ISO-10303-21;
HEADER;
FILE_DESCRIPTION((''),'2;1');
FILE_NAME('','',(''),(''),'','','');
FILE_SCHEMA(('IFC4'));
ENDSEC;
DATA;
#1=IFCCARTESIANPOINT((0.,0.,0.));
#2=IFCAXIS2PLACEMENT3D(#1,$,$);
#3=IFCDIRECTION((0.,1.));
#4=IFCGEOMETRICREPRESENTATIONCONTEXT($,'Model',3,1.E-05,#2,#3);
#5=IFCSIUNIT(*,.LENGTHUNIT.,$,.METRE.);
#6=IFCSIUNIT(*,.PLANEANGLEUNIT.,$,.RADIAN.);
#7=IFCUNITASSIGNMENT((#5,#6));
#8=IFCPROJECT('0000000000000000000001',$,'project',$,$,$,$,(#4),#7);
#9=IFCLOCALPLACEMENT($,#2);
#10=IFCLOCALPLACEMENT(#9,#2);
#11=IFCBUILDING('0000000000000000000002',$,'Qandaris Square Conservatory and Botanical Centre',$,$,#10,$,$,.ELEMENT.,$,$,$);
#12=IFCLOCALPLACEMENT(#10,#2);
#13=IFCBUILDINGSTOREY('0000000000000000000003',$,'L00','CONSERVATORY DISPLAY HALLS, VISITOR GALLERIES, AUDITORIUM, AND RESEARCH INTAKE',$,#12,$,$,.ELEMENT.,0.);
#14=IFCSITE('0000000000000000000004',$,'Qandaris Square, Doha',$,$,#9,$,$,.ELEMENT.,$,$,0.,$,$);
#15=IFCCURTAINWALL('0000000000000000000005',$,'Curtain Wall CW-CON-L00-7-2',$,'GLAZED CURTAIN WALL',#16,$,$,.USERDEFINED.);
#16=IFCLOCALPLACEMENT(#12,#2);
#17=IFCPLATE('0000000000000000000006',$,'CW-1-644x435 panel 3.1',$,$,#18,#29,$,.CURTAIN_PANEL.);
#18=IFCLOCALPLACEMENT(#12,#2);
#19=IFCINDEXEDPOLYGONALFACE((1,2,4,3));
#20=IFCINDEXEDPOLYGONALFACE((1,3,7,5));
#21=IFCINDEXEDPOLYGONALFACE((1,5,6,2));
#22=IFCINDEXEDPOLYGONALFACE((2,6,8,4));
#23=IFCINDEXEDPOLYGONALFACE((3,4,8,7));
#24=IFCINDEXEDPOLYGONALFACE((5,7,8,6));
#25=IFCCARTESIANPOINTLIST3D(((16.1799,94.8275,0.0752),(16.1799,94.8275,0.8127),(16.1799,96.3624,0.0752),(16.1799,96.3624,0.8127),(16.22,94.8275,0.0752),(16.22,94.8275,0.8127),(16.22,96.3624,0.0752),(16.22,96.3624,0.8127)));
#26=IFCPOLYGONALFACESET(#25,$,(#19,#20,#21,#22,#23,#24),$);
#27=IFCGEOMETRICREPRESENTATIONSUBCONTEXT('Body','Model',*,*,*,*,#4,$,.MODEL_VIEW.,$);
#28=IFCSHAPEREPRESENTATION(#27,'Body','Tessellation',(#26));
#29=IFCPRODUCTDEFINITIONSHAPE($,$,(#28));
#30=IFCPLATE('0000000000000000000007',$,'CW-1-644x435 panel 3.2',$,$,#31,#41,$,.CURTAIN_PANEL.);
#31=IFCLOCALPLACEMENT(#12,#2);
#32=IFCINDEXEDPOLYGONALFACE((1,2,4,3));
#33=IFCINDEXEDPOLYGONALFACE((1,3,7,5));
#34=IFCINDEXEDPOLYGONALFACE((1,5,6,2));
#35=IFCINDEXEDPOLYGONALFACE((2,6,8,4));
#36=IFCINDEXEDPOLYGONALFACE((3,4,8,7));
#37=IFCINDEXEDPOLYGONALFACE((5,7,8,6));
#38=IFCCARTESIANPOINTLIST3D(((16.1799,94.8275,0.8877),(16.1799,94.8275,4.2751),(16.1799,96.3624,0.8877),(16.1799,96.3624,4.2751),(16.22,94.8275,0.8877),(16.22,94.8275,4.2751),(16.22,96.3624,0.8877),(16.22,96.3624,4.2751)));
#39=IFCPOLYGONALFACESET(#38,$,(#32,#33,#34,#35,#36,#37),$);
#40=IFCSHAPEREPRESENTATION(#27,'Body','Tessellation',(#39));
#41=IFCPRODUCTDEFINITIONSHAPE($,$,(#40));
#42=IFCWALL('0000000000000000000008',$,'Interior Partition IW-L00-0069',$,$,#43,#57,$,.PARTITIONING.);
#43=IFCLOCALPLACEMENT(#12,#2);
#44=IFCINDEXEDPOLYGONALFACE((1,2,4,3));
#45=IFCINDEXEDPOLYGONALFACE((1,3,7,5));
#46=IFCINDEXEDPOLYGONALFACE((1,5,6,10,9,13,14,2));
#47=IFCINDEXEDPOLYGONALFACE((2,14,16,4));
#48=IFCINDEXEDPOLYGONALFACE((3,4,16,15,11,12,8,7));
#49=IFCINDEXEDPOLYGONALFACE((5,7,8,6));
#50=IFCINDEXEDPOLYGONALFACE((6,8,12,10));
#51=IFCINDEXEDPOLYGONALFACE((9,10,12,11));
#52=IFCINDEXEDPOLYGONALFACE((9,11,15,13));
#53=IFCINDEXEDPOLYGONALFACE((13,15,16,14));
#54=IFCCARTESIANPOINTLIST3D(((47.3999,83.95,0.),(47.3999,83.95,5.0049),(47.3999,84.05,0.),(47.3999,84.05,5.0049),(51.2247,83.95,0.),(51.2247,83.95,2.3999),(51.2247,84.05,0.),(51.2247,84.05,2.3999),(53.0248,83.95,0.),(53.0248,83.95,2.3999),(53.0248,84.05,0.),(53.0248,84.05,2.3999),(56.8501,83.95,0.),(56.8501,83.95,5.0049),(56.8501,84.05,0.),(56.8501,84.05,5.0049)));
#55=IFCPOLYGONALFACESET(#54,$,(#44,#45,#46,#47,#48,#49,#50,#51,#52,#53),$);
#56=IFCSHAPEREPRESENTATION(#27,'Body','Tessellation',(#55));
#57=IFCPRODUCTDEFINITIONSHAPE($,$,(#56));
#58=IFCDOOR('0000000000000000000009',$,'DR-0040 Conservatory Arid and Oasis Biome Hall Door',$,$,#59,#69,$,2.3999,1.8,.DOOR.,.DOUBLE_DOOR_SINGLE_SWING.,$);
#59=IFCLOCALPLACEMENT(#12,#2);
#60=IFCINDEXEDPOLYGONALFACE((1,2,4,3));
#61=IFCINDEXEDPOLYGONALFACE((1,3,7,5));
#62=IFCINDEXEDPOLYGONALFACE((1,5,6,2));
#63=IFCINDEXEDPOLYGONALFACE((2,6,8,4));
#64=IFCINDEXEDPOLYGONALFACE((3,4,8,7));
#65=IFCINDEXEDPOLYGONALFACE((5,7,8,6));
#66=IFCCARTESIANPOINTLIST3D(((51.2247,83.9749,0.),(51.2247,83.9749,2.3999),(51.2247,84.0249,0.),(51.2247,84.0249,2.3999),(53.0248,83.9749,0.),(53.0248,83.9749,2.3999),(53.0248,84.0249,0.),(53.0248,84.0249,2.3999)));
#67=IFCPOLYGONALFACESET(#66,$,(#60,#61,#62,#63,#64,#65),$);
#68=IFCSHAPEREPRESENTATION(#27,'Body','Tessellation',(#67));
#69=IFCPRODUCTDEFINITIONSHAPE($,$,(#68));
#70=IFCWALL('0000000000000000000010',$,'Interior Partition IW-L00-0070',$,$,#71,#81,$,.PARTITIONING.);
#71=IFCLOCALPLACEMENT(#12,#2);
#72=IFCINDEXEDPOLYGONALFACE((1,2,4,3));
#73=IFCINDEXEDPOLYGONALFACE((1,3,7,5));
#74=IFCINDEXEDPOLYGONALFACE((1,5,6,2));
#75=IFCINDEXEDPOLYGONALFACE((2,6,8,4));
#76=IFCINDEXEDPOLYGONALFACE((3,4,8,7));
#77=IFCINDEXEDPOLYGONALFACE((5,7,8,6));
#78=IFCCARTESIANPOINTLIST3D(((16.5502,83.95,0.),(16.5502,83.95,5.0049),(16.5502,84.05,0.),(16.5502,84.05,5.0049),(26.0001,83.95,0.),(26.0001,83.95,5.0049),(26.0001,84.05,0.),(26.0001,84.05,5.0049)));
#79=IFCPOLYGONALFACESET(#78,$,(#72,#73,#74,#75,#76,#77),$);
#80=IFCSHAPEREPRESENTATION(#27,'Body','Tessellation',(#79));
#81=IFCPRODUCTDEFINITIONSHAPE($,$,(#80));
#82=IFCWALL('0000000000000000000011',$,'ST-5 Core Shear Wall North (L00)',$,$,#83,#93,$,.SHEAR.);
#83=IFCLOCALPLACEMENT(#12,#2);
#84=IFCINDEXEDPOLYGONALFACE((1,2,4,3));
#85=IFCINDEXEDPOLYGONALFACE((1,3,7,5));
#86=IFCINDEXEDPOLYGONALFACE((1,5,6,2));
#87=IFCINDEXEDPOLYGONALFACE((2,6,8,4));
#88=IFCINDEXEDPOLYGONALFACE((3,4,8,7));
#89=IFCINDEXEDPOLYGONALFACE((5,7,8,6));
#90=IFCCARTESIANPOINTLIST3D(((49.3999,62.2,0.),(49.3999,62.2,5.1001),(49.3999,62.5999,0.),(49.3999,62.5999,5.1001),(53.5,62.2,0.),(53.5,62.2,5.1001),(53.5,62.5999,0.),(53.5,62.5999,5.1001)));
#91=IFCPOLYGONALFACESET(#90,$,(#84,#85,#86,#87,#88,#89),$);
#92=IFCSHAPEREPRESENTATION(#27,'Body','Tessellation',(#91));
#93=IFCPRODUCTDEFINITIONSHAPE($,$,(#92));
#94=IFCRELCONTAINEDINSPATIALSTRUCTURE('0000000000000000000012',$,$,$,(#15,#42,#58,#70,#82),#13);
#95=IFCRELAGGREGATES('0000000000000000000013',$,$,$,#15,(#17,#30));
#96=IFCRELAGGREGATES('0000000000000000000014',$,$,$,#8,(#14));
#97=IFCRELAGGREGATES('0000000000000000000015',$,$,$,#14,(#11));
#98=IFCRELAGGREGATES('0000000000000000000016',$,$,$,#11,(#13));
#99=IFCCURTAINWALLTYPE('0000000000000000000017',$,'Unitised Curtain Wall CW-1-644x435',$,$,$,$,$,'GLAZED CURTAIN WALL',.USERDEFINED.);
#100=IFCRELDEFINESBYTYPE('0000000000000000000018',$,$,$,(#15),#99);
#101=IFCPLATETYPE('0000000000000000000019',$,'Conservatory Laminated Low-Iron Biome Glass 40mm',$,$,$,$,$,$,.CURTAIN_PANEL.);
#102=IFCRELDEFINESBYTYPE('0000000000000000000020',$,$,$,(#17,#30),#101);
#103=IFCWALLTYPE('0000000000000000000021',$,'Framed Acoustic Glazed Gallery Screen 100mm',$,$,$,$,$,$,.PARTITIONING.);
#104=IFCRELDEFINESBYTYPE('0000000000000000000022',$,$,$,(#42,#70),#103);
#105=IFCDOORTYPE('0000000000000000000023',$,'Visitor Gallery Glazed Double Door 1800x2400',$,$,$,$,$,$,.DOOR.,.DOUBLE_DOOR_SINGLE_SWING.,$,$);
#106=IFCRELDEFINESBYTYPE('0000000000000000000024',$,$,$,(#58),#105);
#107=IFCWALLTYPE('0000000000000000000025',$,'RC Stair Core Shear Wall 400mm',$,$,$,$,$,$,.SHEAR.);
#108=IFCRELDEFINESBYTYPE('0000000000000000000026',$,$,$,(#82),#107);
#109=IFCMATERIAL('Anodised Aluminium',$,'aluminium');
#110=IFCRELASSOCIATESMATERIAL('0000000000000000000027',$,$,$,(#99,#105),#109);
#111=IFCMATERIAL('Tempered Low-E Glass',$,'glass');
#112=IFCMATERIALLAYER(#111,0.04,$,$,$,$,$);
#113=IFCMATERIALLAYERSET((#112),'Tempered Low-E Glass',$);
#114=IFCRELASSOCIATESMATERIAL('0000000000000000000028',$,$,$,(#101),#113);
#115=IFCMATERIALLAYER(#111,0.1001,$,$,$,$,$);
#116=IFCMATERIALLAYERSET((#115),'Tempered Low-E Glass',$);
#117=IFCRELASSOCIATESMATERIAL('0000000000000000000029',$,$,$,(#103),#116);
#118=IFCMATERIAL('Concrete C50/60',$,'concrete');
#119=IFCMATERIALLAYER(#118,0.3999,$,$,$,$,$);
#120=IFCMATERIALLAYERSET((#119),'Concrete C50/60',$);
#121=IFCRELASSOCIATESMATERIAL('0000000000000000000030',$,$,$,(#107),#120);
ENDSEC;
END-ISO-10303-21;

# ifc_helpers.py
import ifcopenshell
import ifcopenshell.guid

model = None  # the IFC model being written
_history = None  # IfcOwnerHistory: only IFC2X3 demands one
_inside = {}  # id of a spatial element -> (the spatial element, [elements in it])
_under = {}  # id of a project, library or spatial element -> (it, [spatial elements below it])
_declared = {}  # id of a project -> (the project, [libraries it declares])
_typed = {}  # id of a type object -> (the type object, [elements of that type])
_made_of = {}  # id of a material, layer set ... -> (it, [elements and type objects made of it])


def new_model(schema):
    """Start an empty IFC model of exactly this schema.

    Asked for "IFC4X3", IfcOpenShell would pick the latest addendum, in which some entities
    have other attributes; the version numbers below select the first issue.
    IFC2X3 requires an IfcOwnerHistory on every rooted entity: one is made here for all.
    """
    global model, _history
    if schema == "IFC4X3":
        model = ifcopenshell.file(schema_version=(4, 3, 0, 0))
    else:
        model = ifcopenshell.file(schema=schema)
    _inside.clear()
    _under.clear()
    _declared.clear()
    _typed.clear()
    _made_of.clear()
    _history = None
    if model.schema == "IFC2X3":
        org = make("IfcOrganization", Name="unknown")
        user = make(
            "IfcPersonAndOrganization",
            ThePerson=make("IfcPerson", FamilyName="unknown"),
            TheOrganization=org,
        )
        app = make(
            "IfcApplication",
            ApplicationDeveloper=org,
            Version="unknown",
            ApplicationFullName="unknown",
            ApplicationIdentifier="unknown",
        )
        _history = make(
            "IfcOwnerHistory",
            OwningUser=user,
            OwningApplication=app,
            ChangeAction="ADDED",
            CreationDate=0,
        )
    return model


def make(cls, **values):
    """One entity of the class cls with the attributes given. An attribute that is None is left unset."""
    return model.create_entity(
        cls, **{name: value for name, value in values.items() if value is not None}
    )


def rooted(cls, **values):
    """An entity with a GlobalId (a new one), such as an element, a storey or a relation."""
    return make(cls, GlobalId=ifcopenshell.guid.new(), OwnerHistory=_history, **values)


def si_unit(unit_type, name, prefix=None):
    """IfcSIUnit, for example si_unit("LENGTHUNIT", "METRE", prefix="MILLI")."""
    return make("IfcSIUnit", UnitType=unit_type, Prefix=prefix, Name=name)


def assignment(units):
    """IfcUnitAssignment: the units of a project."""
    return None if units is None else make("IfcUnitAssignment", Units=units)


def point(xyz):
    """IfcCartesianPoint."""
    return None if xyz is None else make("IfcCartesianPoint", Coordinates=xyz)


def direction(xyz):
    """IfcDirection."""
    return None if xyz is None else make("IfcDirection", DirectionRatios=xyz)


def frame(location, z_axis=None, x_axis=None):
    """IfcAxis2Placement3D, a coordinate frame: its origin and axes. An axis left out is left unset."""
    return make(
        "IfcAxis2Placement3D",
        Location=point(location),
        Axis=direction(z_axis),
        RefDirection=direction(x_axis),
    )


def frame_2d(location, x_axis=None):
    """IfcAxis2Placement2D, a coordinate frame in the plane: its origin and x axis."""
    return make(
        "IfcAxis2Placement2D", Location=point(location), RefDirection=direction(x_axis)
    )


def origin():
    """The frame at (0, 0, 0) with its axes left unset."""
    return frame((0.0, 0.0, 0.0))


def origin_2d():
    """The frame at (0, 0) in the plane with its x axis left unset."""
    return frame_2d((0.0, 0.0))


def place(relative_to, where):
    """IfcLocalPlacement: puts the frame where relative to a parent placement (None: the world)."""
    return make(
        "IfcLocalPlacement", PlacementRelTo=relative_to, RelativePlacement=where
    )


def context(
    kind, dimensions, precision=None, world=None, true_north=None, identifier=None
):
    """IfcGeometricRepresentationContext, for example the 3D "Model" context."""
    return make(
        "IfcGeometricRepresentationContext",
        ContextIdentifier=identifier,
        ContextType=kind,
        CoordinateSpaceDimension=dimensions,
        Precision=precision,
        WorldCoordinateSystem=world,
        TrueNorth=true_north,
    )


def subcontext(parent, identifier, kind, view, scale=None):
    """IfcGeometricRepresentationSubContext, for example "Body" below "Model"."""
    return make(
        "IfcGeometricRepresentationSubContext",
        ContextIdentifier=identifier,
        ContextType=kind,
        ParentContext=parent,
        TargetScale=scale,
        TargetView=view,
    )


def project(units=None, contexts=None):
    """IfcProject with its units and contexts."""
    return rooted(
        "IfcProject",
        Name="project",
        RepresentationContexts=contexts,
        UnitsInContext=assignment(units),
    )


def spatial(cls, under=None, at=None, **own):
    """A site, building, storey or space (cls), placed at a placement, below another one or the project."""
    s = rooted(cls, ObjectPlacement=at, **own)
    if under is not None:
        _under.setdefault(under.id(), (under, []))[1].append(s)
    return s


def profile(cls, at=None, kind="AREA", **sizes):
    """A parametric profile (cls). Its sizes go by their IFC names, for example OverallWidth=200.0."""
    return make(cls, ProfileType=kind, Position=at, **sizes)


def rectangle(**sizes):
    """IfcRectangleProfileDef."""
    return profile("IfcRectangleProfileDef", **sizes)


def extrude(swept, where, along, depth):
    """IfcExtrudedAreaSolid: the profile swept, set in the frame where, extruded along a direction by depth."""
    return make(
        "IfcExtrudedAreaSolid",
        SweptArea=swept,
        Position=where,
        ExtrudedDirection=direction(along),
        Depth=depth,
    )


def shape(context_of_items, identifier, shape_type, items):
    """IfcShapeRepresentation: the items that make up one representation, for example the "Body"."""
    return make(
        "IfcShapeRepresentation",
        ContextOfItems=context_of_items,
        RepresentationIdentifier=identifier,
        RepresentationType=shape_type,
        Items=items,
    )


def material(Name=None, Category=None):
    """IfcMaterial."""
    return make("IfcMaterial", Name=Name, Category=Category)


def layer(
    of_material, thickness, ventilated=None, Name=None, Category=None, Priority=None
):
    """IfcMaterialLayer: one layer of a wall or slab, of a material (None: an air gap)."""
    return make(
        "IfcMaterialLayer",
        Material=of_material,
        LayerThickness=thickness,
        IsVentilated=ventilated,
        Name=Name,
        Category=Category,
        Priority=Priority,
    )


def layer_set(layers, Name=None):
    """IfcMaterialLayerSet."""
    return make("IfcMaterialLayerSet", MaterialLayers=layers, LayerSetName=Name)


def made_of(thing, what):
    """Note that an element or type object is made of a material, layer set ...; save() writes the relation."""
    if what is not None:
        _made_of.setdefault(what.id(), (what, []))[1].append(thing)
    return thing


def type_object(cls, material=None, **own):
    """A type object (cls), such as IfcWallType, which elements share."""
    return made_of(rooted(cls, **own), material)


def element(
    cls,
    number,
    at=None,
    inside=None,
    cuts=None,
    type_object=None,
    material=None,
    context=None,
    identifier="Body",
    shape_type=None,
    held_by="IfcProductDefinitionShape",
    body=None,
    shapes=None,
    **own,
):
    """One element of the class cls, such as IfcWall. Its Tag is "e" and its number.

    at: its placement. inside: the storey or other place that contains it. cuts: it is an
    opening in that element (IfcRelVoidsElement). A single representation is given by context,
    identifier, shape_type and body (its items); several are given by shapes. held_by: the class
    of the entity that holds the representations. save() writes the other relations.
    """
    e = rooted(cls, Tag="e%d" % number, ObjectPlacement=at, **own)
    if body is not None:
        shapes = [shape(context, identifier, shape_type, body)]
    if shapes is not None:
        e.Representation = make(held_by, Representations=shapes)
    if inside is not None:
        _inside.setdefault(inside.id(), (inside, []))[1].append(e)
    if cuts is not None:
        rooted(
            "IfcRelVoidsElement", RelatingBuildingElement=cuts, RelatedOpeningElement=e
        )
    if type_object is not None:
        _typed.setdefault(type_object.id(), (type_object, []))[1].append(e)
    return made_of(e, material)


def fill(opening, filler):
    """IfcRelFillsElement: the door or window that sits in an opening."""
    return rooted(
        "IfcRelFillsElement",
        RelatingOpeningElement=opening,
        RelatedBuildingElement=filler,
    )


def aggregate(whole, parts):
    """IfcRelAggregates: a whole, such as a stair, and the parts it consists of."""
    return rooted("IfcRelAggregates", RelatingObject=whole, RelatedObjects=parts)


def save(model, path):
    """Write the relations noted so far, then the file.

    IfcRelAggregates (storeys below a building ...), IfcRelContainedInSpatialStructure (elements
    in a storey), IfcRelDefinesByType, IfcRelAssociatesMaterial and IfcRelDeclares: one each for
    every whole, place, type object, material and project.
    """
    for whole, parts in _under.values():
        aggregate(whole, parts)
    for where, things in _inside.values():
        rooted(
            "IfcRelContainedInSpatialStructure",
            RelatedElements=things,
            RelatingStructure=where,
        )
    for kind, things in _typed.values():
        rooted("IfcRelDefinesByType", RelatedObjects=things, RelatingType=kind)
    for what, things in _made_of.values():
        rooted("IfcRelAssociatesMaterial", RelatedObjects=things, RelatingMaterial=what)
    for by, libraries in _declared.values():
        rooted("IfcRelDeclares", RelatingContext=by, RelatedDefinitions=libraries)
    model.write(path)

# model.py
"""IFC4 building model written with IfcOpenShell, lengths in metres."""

from ifc_helpers import new_model, si_unit, direction, frame, frame_2d, origin, origin_2d, place, context, subcontext, project, spatial, rectangle, extrude, material, layer, layer_set, type_object, element, fill, aggregate, save


model = new_model("IFC4")

# Units and contexts
model_context = context("Model", 3, precision=1e-05, world=origin(), true_north=direction((0.0, 1.0)))
body_context = subcontext(model_context, "Body", "Model", "MODEL_VIEW")
ifc_project = project(units=[si_unit("LENGTHUNIT", "METRE"), si_unit("PLANEANGLEUNIT", "RADIAN")], contexts=[model_context])

# Site, building, storey
site_placement = place(None, origin())
site = spatial("IfcSite", under=ifc_project, at=site_placement, Name="Qandaris Square, Doha", CompositionType="ELEMENT", RefElevation=0.0)
building_placement = place(site_placement, origin())
building = spatial("IfcBuilding", under=site, at=building_placement, Name="Qandaris Square Conservatory and Botanical Centre", CompositionType="ELEMENT")
storey_placement = place(building_placement, origin())
storey = spatial("IfcBuildingStorey", under=building, at=storey_placement, Name="L00", Description="CONSERVATORY DISPLAY HALLS, VISITOR GALLERIES, AUDITORIUM, AND RESEARCH INTAKE", CompositionType="ELEMENT", Elevation=0.0)

# Shared definitions
ifc_material_1 = material(Name="Concrete C50/60", Category="concrete")

# Curtain wall
ifc_material_2 = material(Name="Anodised Aluminium", Category="aluminium")
curtain_wall_type_1 = type_object("IfcCurtainWallType", Name="Unitised Curtain Wall CW-1-644x435", ElementType="GLAZED CURTAIN WALL", PredefinedType="USERDEFINED", material=ifc_material_2)
curtain_wall_1_placement = place(storey_placement, origin())
curtain_wall_1 = element("IfcCurtainWall", 1, at=curtain_wall_1_placement, inside=storey, type_object=curtain_wall_type_1, Name="Curtain Wall CW-CON-L00-7-2", ObjectType="GLAZED CURTAIN WALL", PredefinedType="USERDEFINED")

# Plates
ifc_material_3 = material(Name="Tempered Low-E Glass", Category="glass")
ifc_layer_1 = layer(ifc_material_3, 0.04)
ifc_layer_set_1 = layer_set([ifc_layer_1], Name="Tempered Low-E Glass")
plate_type = type_object("IfcPlateType", Name="Conservatory Laminated Low-Iron Biome Glass 40mm", PredefinedType="CURTAIN_PANEL", material=ifc_layer_set_1)
plate_1_placement = place(storey_placement, frame((16.2, 95.595, 0.0752), z_axis=(0.0, 0.0, 1.0), x_axis=(0.0, -1.0, 0.0)))
plate_1 = element("IfcPlate", 2, at=plate_1_placement, type_object=plate_type, Name="CW-1-644x435 panel 3.1", PredefinedType="CURTAIN_PANEL", context=body_context, shape_type="SweptSolid", body=[
    extrude(rectangle(XDim=1.5349, YDim=0.04, at=origin_2d()), origin(), (0.0, 0.0, 1.0), 0.7375),
])
plate_2_placement = place(storey_placement, frame((16.2, 95.595, 0.8877), z_axis=(0.0, 0.0, 1.0), x_axis=(0.0, -1.0, 0.0)))
plate_2 = element("IfcPlate", 3, at=plate_2_placement, type_object=plate_type, Name="CW-1-644x435 panel 3.2", PredefinedType="CURTAIN_PANEL", context=body_context, shape_type="SweptSolid", body=[
    extrude(rectangle(XDim=1.5349, YDim=0.04, at=origin_2d()), origin(), (0.0, 0.0, 1.0), 3.3875),
])
aggregate(curtain_wall_1, [plate_1, plate_2])

# Wall, opening, door
ifc_layer_2 = layer(ifc_material_3, 0.1001)
ifc_layer_set_2 = layer_set([ifc_layer_2], Name="Tempered Low-E Glass")
wall_type_1 = type_object("IfcWallType", Name="Framed Acoustic Glazed Gallery Screen 100mm", PredefinedType="PARTITIONING", material=ifc_layer_set_2)
wall_1_placement = place(storey_placement, frame((47.3999, 84.0, 0.0), z_axis=(0.0, 0.0, 1.0), x_axis=(1.0, 0.0, 0.0)))
wall_1 = element("IfcWall", 4, at=wall_1_placement, inside=storey, type_object=wall_type_1, Name="Interior Partition IW-L00-0069", PredefinedType="PARTITIONING", context=body_context, shape_type="SweptSolid", body=[
    extrude(rectangle(XDim=9.4502, YDim=0.1001, at=frame_2d((4.7251, 0.0))), origin(), (0.0, 0.0, 1.0), 5.0049),
])
opening_placement = place(wall_1_placement, frame((3.825, 0.0, 0.0)))
opening = element("IfcOpeningElement", 5, at=opening_placement, cuts=wall_1, PredefinedType="OPENING", context=body_context, shape_type="SweptSolid", body=[
    extrude(rectangle(XDim=1.8, YDim=2.3999, at=frame_2d((0.8999, 1.2))), frame((0.0, 0.062, 0.0), z_axis=(0.0, -1.0, 0.0), x_axis=(1.0, 0.0, 0.0)), (0.0, 0.0, 1.0), 0.124),
])
door_type = type_object("IfcDoorType", Name="Visitor Gallery Glazed Double Door 1800x2400", OperationType="DOUBLE_DOOR_SINGLE_SWING", PredefinedType="DOOR", material=ifc_material_2)
door_placement = place(opening_placement, origin())
door = element("IfcDoor", 6, at=door_placement, inside=storey, type_object=door_type, Name="DR-0040 Conservatory Arid and Oasis Biome Hall Door", OperationType="DOUBLE_DOOR_SINGLE_SWING", OverallHeight=2.3999, OverallWidth=1.8, PredefinedType="DOOR", context=body_context, shape_type="SweptSolid", body=[
    extrude(rectangle(XDim=1.8, YDim=2.3999, at=frame_2d((0.8999, 1.2))), frame((0.0, 0.0249, 0.0), z_axis=(0.0, -1.0, 0.0), x_axis=(1.0, 0.0, 0.0)), (0.0, 0.0, 1.0), 0.05),
])
fill(opening, door)

# Walls
wall_2_placement = place(storey_placement, frame((16.55, 84.0, 0.0), z_axis=(0.0, 0.0, 1.0), x_axis=(1.0, 0.0, 0.0)))
element("IfcWall", 7, at=wall_2_placement, inside=storey, type_object=wall_type_1, Name="Interior Partition IW-L00-0070", PredefinedType="PARTITIONING", context=body_context, shape_type="SweptSolid", body=[
    extrude(rectangle(XDim=9.45, YDim=0.1001, at=frame_2d((4.7251, 0.0))), origin(), (0.0, 0.0, 1.0), 5.0049),
])
ifc_layer_3 = layer(ifc_material_1, 0.3999)
ifc_layer_set_3 = layer_set([ifc_layer_3], Name="Concrete C50/60")
wall_type_2 = type_object("IfcWallType", Name="RC Stair Core Shear Wall 400mm", PredefinedType="SHEAR", material=ifc_layer_set_3)
wall_3_placement = place(storey_placement, frame((49.3999, 62.3999, 0.0), z_axis=(0.0, 0.0, 1.0), x_axis=(1.0, 0.0, 0.0)))
element("IfcWall", 8, at=wall_3_placement, inside=storey, type_object=wall_type_2, Name="ST-5 Core Shear Wall North (L00)", PredefinedType="SHEAR", context=body_context, shape_type="SweptSolid", body=[
    extrude(rectangle(XDim=4.1001, YDim=0.3999, at=frame_2d((2.05, 0.0))), origin(), (0.0, 0.0, 1.0), 5.1001),
])

save(model, "model.ifc")
